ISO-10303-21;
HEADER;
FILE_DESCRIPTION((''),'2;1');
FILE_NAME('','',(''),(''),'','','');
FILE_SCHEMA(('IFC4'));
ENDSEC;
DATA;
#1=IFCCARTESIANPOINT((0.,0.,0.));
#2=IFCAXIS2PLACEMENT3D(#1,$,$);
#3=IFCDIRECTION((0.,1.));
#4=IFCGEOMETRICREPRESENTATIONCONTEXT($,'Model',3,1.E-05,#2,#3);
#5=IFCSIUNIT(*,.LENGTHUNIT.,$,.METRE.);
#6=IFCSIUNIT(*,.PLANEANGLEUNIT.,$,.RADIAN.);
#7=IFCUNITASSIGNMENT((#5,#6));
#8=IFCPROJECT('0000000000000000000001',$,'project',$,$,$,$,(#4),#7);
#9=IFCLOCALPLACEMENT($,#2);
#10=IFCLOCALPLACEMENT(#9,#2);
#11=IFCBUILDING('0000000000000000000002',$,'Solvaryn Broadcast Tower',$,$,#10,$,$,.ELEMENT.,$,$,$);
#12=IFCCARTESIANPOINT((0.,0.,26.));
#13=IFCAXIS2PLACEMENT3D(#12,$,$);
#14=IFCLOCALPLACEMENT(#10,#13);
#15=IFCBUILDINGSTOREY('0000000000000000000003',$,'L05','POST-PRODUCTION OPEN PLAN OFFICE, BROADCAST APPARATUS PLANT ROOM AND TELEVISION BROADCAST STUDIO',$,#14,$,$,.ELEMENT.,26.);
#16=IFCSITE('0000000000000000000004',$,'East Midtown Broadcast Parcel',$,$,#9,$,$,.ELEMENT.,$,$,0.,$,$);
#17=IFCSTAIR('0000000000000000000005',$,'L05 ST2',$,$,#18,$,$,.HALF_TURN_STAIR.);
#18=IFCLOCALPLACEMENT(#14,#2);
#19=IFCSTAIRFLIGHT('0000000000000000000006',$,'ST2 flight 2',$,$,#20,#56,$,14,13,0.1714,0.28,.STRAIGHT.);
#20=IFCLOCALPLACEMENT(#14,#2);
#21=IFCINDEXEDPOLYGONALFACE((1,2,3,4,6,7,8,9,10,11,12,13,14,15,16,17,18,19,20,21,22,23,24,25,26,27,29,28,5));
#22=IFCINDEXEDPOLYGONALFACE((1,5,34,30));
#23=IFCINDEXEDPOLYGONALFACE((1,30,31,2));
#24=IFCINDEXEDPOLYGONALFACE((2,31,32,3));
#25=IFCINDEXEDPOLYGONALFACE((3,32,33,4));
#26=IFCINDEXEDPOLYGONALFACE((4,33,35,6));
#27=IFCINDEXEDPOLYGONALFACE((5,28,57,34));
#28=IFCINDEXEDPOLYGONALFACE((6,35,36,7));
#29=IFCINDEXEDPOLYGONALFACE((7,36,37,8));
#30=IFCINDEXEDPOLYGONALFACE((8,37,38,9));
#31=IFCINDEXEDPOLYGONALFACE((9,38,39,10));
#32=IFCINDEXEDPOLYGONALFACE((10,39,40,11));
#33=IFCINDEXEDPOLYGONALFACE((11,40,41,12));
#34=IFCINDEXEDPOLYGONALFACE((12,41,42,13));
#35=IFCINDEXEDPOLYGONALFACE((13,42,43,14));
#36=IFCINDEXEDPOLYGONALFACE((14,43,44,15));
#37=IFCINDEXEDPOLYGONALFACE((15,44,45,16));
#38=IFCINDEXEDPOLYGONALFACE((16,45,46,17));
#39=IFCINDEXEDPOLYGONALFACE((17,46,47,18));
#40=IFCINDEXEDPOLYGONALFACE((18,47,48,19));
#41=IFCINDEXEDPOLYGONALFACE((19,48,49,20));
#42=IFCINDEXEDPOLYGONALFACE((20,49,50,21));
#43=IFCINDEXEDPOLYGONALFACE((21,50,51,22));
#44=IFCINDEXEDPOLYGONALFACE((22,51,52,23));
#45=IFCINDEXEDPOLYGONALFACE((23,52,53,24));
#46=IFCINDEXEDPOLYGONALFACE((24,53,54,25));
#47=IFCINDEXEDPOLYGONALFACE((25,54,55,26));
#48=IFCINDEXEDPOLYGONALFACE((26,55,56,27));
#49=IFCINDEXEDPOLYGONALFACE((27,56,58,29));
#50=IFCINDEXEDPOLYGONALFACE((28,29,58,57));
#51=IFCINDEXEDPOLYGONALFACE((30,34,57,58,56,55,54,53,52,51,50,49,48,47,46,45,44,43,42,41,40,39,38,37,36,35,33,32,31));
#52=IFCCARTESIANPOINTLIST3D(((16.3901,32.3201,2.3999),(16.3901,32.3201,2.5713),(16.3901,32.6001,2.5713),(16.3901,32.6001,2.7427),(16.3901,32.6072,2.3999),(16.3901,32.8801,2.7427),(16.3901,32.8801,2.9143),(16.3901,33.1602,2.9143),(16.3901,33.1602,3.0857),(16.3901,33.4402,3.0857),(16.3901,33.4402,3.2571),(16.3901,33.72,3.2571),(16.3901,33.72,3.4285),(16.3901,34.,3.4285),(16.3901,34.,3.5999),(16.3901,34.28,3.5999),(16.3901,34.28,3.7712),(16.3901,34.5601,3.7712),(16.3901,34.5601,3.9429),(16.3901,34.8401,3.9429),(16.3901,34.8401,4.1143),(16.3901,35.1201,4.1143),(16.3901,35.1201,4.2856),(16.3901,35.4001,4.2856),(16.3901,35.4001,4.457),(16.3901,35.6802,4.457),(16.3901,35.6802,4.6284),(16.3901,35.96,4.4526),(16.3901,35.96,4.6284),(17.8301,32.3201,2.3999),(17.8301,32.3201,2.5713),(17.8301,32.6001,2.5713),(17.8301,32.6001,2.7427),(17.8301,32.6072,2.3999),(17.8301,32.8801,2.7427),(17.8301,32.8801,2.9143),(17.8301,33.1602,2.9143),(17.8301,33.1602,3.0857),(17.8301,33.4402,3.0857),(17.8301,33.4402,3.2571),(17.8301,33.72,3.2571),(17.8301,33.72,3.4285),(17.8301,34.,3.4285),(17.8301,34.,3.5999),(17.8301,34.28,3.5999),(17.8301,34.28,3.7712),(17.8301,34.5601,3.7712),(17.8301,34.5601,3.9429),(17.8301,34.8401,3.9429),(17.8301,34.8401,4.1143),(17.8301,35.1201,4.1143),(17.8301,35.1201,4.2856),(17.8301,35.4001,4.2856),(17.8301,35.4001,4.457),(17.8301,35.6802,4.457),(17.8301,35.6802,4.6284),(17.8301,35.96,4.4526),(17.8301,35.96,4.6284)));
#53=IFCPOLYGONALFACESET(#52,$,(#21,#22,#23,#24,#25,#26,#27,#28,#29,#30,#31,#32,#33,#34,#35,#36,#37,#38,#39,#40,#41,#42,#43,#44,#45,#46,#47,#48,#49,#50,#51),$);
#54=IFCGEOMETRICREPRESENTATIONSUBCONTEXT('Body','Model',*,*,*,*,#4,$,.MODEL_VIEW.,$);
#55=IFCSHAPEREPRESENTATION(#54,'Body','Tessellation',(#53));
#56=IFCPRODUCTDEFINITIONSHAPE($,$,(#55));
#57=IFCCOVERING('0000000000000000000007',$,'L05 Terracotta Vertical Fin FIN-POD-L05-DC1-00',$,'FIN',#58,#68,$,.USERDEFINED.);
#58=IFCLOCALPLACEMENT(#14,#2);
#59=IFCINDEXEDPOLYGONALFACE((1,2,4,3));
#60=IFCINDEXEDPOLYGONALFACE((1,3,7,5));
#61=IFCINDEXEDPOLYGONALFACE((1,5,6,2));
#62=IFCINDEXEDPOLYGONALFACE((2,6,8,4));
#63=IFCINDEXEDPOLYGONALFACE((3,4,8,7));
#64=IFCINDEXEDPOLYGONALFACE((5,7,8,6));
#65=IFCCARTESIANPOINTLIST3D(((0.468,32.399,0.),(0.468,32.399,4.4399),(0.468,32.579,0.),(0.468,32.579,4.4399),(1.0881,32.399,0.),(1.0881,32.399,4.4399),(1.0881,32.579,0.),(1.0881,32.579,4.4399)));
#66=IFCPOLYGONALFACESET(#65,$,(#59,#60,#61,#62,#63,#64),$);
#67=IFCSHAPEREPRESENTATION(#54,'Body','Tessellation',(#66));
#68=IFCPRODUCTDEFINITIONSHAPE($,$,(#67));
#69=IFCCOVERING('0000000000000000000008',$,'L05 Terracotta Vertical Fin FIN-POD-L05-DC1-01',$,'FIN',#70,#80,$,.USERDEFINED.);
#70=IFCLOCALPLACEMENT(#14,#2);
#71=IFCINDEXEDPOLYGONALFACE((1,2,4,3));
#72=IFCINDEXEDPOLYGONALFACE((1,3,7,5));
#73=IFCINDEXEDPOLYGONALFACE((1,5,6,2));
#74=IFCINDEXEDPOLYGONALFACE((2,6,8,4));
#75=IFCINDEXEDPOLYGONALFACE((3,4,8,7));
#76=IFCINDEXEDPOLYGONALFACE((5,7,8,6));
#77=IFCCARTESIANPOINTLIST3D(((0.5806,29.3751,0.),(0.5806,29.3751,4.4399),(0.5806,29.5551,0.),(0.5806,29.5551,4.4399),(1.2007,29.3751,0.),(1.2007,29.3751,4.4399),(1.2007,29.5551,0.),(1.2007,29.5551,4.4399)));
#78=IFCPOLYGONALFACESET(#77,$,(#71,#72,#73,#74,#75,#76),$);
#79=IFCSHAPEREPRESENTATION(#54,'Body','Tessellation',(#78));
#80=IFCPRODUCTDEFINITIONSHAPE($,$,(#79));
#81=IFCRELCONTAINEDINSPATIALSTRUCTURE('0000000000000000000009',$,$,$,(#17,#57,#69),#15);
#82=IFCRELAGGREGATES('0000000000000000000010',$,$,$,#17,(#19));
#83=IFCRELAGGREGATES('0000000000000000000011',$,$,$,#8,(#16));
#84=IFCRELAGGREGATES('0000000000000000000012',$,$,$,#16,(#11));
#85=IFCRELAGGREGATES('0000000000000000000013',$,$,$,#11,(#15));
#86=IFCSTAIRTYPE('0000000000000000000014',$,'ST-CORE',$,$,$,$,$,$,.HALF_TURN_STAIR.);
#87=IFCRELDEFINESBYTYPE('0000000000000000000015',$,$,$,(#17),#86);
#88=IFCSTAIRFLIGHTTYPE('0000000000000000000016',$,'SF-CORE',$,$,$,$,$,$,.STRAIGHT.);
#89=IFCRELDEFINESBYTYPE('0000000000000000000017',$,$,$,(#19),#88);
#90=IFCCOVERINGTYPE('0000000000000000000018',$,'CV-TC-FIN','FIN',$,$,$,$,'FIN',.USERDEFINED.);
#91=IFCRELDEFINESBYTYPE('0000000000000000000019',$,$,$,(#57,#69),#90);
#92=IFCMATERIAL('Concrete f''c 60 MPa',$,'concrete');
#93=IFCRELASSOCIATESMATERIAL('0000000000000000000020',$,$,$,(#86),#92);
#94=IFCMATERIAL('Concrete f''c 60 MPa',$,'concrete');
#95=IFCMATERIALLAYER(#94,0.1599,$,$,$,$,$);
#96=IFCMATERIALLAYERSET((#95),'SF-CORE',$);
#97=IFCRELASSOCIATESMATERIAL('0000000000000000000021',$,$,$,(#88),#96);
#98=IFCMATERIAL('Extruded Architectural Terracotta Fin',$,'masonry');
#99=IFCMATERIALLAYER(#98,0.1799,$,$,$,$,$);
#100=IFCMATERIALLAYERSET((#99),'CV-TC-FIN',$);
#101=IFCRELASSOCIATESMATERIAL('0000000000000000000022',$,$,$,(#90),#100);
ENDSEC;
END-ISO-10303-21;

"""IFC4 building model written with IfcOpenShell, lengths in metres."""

from ifc_helpers import new_model, si_unit, direction, frame, origin, origin_2d, place, context, subcontext, project, spatial, polyline, rectangle, outline, extrude, material, layer, layer_set, type_object, element, aggregate, save


model = new_model("IFC4")

# Units and contexts
model_context = context("Model", 3, precision=1e-05, world=origin(), true_north=direction((0.0, 1.0)))
body_context = subcontext(model_context, "Body", "Model", "MODEL_VIEW")
ifc_project = project(units=[si_unit("LENGTHUNIT", "METRE"), si_unit("PLANEANGLEUNIT", "RADIAN")], contexts=[model_context])

# Site, building, storey
site_placement = place(None, origin())
site = spatial("IfcSite", under=ifc_project, at=site_placement, Name="East Midtown Broadcast Parcel", CompositionType="ELEMENT", RefElevation=0.0)
building_placement = place(site_placement, origin())
building = spatial("IfcBuilding", under=site, at=building_placement, Name="Solvaryn Broadcast Tower", CompositionType="ELEMENT")
storey_placement = place(building_placement, frame((0.0, 0.0, 26.0)))
storey = spatial("IfcBuildingStorey", under=building, at=storey_placement, Name="L05", Description="POST-PRODUCTION OPEN PLAN OFFICE, BROADCAST APPARATUS PLANT ROOM AND TELEVISION BROADCAST STUDIO", CompositionType="ELEMENT", Elevation=26.0)

# Shared definitions
ifc_material_1 = material(Name="Concrete f'c 60 MPa", Category="concrete")
stair_type = type_object("IfcStairType", Name="ST-CORE", PredefinedType="HALF_TURN_STAIR", material=ifc_material_1)
ifc_material_2 = material(Name="Concrete f'c 60 MPa", Category="concrete")
ifc_layer_1 = layer(ifc_material_2, 0.1599)
ifc_layer_set_1 = layer_set([ifc_layer_1], Name="SF-CORE")
stair_flight_type = type_object("IfcStairFlightType", Name="SF-CORE", PredefinedType="STRAIGHT", material=ifc_layer_set_1)

# Stair, stair flight
stair_1_placement = place(storey_placement, origin())
stair_1 = element("IfcStair", 1, at=stair_1_placement, inside=storey, type_object=stair_type, Name="L05 ST2", PredefinedType="HALF_TURN_STAIR")
stair_flight_1_placement = place(storey_placement, frame((17.1101, 32.3201, 2.3999), z_axis=(0.0, 0.0, 1.0), x_axis=(0.0, 1.0, 0.0)))
stair_flight_1 = element("IfcStairFlight", 2, at=stair_flight_1_placement, type_object=stair_flight_type, Name="ST2 flight 2", NumberOfRisers=14, NumberOfTreads=13, PredefinedType="STRAIGHT", RiserHeight=0.1714, TreadLength=0.28, context=body_context, shape_type="SweptSolid", body=[
    extrude(outline(polyline([(0.0, 0.0), (0.0, 0.1714), (0.28, 0.1714), (0.28, 0.3428), (0.5601, 0.3428), (0.5601, 0.5144), (0.8401, 0.5144), (0.8401, 0.6858), (1.1201, 0.6858), (1.1201, 0.8572), (1.3999, 0.8572), (1.3999, 1.0286), (1.6799, 1.0286), (1.6799, 1.2), (1.96, 1.2), (1.96, 1.3713), (2.24, 1.3713), (2.24, 1.543), (2.52, 1.543), (2.52, 1.7144), (2.8, 1.7144), (2.8, 1.8857), (3.0801, 1.8857), (3.0801, 2.0571), (3.3601, 2.0571), (3.3601, 2.2285), (3.6399, 2.2285), (3.6399, 2.3999), (3.6399, 2.0527), (0.2871, 0.0), (0.0, 0.0)])), frame((0.0, 0.72, 0.0), z_axis=(0.0, -1.0, 0.0), x_axis=(1.0, 0.0, 0.0)), (0.0, 0.0, 1.0), 1.4399),
])
aggregate(stair_1, [stair_flight_1])

# Coverings
ifc_material_3 = material(Name="Extruded Architectural Terracotta Fin", Category="masonry")
ifc_layer_2 = layer(ifc_material_3, 0.1799)
ifc_layer_set_2 = layer_set([ifc_layer_2], Name="CV-TC-FIN")
covering_type = type_object("IfcCoveringType", Name="CV-TC-FIN", Description="FIN", ElementType="FIN", PredefinedType="USERDEFINED", material=ifc_layer_set_2)
for number, where, z_axis, x_axis, name in (
    (3, (0.7781, 32.489, 0.0), (0.0, 0.0, 1.0), (1.0, 0.0, 0.0), "L05 Terracotta Vertical Fin FIN-POD-L05-DC1-00"),
    (4, (0.8906, 29.4651, 0.0), (0.0, 0.0, 1.0), (1.0, 0.0, 0.0), "L05 Terracotta Vertical Fin FIN-POD-L05-DC1-01"),
):
    element("IfcCovering", number, at=place(storey_placement, frame(where, z_axis=z_axis, x_axis=x_axis)), inside=storey, type_object=covering_type, Name=name, ObjectType="FIN", PredefinedType="USERDEFINED", context=body_context, shape_type="SweptSolid", body=[
        extrude(rectangle(XDim=0.6201, YDim=0.1799, at=origin_2d()), origin(), (0.0, 0.0, 1.0), 4.4399),
    ])

save(model, "model.ifc")
